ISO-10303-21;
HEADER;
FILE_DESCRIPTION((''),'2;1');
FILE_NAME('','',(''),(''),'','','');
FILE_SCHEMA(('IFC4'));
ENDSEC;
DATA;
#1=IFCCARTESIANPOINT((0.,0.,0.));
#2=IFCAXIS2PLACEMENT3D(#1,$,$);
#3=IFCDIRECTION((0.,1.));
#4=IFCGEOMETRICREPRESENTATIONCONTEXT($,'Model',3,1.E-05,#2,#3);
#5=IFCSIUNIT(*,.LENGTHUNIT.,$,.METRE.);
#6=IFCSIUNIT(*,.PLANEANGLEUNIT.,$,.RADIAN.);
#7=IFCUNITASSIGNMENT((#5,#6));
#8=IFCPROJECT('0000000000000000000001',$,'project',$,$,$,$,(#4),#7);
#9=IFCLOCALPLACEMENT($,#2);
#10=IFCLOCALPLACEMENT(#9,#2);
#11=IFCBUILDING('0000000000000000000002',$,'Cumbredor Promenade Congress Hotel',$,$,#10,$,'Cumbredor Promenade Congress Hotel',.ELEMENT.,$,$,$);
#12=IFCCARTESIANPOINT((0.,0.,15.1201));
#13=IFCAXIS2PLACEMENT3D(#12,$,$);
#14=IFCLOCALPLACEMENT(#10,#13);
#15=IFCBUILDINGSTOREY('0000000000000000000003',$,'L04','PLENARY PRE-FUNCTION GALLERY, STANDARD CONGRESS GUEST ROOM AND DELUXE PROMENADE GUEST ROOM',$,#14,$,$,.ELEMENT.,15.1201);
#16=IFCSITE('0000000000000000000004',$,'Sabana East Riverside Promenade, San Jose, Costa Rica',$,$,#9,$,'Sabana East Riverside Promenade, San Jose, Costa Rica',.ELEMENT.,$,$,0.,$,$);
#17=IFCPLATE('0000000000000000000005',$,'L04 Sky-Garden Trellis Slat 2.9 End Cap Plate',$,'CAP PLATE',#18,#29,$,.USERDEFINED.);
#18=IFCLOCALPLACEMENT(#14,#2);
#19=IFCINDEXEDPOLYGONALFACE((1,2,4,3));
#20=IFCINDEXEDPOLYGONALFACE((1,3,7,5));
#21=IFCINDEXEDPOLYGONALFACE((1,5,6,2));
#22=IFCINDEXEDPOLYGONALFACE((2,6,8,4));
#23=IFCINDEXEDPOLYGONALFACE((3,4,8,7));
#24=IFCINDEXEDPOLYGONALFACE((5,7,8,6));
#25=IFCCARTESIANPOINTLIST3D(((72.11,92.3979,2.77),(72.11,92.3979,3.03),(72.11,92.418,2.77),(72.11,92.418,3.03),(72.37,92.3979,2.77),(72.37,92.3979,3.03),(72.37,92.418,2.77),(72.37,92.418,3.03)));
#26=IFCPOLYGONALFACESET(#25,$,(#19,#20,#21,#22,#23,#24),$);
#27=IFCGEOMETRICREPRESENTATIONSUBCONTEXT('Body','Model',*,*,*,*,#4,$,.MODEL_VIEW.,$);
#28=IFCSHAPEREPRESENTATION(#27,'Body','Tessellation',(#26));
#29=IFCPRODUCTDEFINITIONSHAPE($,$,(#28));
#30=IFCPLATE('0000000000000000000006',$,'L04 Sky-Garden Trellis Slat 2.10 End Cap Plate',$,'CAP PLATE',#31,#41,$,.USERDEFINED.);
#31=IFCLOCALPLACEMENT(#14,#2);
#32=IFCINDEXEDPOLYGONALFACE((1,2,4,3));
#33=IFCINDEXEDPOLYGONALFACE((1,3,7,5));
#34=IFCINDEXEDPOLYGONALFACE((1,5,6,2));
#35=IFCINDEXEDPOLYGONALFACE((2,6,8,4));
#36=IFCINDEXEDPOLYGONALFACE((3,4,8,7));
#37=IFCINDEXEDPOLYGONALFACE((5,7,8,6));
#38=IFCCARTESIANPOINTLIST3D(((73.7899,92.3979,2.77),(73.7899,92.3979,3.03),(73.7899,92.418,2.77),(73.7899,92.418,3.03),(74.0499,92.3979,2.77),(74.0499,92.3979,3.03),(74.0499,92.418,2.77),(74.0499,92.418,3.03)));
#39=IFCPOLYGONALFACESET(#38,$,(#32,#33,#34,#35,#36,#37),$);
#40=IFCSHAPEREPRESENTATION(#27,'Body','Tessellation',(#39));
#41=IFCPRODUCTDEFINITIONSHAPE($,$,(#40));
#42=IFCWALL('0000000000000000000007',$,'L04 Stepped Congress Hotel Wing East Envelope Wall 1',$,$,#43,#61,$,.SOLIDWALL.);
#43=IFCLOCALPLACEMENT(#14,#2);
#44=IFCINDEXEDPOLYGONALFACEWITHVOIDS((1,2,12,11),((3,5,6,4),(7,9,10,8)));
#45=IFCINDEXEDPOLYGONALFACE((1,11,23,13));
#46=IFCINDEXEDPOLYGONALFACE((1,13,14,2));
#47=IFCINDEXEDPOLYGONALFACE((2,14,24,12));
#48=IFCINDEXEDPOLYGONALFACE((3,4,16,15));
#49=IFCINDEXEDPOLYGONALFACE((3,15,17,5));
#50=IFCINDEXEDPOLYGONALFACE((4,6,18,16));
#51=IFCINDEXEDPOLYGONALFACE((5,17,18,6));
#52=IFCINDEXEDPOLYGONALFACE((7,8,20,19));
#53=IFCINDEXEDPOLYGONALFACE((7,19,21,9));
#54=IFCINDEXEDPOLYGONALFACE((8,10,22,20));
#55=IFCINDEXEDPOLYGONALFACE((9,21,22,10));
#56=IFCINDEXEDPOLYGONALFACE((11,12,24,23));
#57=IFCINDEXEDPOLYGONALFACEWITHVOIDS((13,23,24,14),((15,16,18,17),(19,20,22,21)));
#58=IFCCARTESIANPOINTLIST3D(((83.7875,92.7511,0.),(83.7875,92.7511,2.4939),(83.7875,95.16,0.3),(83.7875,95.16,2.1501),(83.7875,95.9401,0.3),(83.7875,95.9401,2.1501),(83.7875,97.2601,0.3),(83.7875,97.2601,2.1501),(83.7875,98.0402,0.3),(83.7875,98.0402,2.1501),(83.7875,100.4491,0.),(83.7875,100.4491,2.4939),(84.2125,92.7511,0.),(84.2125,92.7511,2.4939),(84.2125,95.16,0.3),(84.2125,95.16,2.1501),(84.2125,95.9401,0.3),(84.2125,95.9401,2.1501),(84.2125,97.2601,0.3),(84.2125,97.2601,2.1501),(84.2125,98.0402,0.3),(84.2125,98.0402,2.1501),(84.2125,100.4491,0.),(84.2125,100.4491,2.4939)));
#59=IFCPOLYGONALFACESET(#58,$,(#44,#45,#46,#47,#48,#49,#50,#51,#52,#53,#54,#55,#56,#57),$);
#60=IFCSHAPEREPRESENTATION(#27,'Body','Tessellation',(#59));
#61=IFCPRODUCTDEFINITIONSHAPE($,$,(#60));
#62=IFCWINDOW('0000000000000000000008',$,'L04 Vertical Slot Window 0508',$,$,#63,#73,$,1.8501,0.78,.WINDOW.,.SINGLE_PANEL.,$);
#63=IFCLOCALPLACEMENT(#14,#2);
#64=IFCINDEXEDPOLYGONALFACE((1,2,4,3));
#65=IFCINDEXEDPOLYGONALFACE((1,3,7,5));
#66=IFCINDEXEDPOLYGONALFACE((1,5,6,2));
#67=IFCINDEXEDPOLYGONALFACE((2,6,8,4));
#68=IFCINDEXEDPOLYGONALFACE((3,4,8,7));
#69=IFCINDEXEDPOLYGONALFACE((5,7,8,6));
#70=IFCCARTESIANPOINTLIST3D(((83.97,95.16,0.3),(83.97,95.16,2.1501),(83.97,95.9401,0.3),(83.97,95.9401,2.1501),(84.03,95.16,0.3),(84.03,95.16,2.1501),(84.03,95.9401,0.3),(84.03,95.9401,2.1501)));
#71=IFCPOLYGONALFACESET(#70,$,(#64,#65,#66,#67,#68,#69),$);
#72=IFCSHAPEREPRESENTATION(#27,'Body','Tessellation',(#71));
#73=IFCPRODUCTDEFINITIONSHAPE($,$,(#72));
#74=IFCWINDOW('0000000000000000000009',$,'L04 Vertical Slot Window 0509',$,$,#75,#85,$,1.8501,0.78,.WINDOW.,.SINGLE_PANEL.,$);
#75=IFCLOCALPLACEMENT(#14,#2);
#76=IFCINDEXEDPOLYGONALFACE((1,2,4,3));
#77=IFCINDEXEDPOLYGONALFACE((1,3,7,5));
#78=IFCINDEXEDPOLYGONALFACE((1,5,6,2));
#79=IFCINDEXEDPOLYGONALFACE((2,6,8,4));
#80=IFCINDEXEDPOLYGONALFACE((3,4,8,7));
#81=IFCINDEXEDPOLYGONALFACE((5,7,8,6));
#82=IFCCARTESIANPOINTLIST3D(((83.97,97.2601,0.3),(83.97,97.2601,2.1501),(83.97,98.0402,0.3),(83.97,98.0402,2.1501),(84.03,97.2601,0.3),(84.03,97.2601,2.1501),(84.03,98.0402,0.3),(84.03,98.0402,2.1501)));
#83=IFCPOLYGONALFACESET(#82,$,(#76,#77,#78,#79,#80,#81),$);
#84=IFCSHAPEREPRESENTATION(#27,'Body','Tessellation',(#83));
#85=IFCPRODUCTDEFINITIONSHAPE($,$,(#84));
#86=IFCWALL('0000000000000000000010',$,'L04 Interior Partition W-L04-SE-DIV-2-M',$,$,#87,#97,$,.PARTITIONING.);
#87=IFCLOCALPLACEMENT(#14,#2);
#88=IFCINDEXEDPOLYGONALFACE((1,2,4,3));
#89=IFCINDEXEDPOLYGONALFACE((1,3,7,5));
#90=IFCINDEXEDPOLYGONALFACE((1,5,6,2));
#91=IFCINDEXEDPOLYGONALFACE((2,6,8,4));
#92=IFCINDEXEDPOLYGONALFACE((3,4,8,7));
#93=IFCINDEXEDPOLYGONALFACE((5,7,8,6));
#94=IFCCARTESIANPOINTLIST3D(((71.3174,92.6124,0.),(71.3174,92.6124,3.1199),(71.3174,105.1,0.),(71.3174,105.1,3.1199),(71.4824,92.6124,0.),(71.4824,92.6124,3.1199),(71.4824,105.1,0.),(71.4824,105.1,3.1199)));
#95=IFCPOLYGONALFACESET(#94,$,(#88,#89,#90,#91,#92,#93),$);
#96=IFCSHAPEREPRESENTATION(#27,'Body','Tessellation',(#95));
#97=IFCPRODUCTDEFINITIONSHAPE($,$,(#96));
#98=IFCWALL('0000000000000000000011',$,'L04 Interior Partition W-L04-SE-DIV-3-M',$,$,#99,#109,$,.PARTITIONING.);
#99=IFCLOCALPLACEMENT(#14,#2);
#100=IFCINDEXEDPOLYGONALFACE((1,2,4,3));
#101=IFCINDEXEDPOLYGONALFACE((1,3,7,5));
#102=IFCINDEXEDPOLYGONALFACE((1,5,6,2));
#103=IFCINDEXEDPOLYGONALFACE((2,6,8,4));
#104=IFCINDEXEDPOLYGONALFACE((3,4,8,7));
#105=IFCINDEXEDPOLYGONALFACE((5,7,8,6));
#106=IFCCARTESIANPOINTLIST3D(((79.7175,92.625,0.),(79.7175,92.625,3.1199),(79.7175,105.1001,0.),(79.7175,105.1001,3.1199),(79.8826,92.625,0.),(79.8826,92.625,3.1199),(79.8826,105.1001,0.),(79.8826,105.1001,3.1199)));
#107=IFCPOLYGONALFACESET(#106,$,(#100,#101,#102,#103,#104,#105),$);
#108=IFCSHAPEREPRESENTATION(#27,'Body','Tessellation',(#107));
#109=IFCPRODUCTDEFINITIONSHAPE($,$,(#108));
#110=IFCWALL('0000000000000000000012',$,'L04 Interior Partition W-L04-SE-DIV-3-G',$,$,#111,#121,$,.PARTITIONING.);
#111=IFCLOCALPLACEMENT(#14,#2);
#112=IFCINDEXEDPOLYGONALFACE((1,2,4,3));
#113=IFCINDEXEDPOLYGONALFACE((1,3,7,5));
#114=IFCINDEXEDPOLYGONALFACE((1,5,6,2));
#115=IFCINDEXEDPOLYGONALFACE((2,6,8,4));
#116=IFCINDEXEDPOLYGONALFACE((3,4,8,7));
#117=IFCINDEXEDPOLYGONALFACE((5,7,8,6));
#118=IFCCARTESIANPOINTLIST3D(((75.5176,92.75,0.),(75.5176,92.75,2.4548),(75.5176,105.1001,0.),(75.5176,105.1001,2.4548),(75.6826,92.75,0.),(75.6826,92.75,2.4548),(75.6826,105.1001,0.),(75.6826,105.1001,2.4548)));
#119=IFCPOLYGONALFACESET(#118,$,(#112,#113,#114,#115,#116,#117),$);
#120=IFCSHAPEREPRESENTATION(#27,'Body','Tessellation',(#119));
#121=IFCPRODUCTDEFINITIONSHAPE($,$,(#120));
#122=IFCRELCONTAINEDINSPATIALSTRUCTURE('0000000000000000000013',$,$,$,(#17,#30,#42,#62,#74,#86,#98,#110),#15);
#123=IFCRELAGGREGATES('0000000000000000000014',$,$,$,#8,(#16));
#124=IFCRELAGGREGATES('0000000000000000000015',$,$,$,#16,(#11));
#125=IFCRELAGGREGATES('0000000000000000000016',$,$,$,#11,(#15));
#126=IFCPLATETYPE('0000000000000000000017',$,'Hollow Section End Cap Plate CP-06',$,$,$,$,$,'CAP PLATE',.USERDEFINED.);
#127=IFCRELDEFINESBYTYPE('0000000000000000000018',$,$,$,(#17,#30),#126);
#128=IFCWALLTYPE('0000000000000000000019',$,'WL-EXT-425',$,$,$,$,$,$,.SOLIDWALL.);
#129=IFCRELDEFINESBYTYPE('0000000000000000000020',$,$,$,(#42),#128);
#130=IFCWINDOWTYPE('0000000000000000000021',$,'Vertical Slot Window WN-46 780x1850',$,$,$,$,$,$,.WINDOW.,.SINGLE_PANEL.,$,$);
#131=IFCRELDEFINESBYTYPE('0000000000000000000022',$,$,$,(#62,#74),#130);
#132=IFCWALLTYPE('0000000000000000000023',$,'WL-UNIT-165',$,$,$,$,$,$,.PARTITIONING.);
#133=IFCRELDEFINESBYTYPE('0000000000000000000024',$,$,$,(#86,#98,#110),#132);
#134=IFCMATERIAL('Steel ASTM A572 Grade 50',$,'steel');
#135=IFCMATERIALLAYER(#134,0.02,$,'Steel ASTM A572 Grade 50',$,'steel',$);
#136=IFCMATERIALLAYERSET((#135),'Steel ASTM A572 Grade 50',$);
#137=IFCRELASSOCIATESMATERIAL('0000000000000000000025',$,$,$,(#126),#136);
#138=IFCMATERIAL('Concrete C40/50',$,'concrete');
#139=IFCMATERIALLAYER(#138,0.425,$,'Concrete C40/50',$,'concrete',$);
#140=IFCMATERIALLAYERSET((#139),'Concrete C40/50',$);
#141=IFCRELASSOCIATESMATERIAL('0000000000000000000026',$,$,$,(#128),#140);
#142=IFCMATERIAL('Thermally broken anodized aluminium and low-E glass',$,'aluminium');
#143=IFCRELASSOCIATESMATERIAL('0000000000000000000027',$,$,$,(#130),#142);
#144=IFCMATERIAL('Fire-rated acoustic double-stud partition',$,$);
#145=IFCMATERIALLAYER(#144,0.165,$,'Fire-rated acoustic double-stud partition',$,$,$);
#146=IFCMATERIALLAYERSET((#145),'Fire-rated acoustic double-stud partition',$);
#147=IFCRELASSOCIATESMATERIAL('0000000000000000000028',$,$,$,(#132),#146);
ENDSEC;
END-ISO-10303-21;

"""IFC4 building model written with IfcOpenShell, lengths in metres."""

from ifc_helpers import new_model, si_unit, direction, frame, frame_2d, origin, origin_2d, place, context, subcontext, project, spatial, rectangle, extrude, material, layer, layer_set, type_object, element, fill, save


model = new_model("IFC4")

# Units and contexts
model_context = context("Model", 3, precision=1e-05, world=origin(), true_north=direction((0.0, 1.0)))
body_context = subcontext(model_context, "Body", "Model", "MODEL_VIEW")
ifc_project = project(units=[si_unit("LENGTHUNIT", "METRE"), si_unit("PLANEANGLEUNIT", "RADIAN")], contexts=[model_context])

# Site, building, storey
site_placement = place(None, origin())
site = spatial("IfcSite", under=ifc_project, at=site_placement, Name="Sabana East Riverside Promenade, San Jose, Costa Rica", LongName="Sabana East Riverside Promenade, San Jose, Costa Rica", CompositionType="ELEMENT", RefElevation=0.0)
building_placement = place(site_placement, origin())
building = spatial("IfcBuilding", under=site, at=building_placement, Name="Cumbredor Promenade Congress Hotel", LongName="Cumbredor Promenade Congress Hotel", CompositionType="ELEMENT")
storey_placement = place(building_placement, frame((0.0, 0.0, 15.1201)))
storey = spatial("IfcBuildingStorey", under=building, at=storey_placement, Name="L04", Description="PLENARY PRE-FUNCTION GALLERY, STANDARD CONGRESS GUEST ROOM AND DELUXE PROMENADE GUEST ROOM", CompositionType="ELEMENT", Elevation=15.1201)

# Shared definitions
ifc_material_1 = material(Name="Concrete C40/50", Category="concrete")

# Plates
ifc_material_2 = material(Name="Steel ASTM A572 Grade 50", Category="steel")
ifc_layer_1 = layer(ifc_material_2, 0.02, Name="Steel ASTM A572 Grade 50", Category="steel")
ifc_layer_set_1 = layer_set([ifc_layer_1], Name="Steel ASTM A572 Grade 50")
plate_type_1 = type_object("IfcPlateType", Name="Hollow Section End Cap Plate CP-06", ElementType="CAP PLATE", PredefinedType="USERDEFINED", material=ifc_layer_set_1)
for number, where, z_axis, x_axis, name in (
    (1, (72.24, 92.408, 2.77), (0.0, 0.0, 1.0), (0.0, 1.0, 0.0), "L04 Sky-Garden Trellis Slat 2.9 End Cap Plate"),
    (2, (73.9199, 92.408, 2.77), (0.0, 0.0, 1.0), (0.0, 1.0, 0.0), "L04 Sky-Garden Trellis Slat 2.10 End Cap Plate"),
):
    element("IfcPlate", number, at=place(storey_placement, frame(where, z_axis=z_axis, x_axis=x_axis)), inside=storey, type_object=plate_type_1, Name=name, ObjectType="CAP PLATE", PredefinedType="USERDEFINED", context=body_context, shape_type="SweptSolid", body=[
        extrude(rectangle(XDim=0.02, YDim=0.26, at=origin_2d()), origin(), (0.0, 0.0, 1.0), 0.26),
    ])

# Wall, openings, windows
ifc_layer_2 = layer(ifc_material_1, 0.425, Name="Concrete C40/50", Category="concrete")
ifc_layer_set_2 = layer_set([ifc_layer_2], Name="Concrete C40/50")
wall_type_1 = type_object("IfcWallType", Name="WL-EXT-425", PredefinedType="SOLIDWALL", material=ifc_layer_set_2)
wall_1_placement = place(storey_placement, frame((84.0, 92.751, 0.0), z_axis=(0.0, 0.0, 1.0), x_axis=(0.0, 1.0, 0.0)))
wall_1 = element("IfcWall", 3, at=wall_1_placement, inside=storey, type_object=wall_type_1, Name="L04 Stepped Congress Hotel Wing East Envelope Wall 1", PredefinedType="SOLIDWALL", context=body_context, shape_type="SweptSolid", body=[
    extrude(rectangle(XDim=7.698, YDim=0.425, at=frame_2d((3.8491, 0.0))), origin(), (0.0, 0.0, 1.0), 2.4939),
])
opening_1_placement = place(wall_1_placement, frame((2.4089, 0.0, 0.3)))
opening_1 = element("IfcOpeningElement", 4, at=opening_1_placement, cuts=wall_1, PredefinedType="OPENING", context=body_context, shape_type="SweptSolid", body=[
    extrude(rectangle(XDim=0.78, YDim=1.8501, at=frame_2d((0.3901, 0.925))), frame((0.0, 0.2227, 0.0), z_axis=(0.0, -1.0, 0.0), x_axis=(1.0, 0.0, 0.0)), (0.0, 0.0, 1.0), 0.4451),
])
opening_2_placement = place(wall_1_placement, frame((4.509, 0.0, 0.3)))
opening_2 = element("IfcOpeningElement", 5, at=opening_2_placement, cuts=wall_1, PredefinedType="OPENING", context=body_context, shape_type="SweptSolid", body=[
    extrude(rectangle(XDim=0.78, YDim=1.8501, at=frame_2d((0.3901, 0.925))), frame((0.0, 0.2227, 0.0), z_axis=(0.0, -1.0, 0.0), x_axis=(1.0, 0.0, 0.0)), (0.0, 0.0, 1.0), 0.4451),
])
ifc_material_3 = material(Name="Thermally broken anodized aluminium and low-E glass", Category="aluminium")
window_type = type_object("IfcWindowType", Name="Vertical Slot Window WN-46 780x1850", PartitioningType="SINGLE_PANEL", PredefinedType="WINDOW", material=ifc_material_3)
window_1_placement = place(opening_1_placement, origin())
window_1 = element("IfcWindow", 6, at=window_1_placement, inside=storey, type_object=window_type, Name="L04 Vertical Slot Window 0508", OverallHeight=1.8501, OverallWidth=0.78, PartitioningType="SINGLE_PANEL", PredefinedType="WINDOW", context=body_context, shape_type="SweptSolid", body=[
    extrude(rectangle(XDim=0.78, YDim=1.8501, at=frame_2d((0.3901, 0.925))), frame((0.0, 0.03, 0.0), z_axis=(0.0, -1.0, 0.0), x_axis=(1.0, 0.0, 0.0)), (0.0, 0.0, 1.0), 0.0601),
])
fill(opening_1, window_1)
window_2_placement = place(opening_2_placement, origin())
window_2 = element("IfcWindow", 7, at=window_2_placement, inside=storey, type_object=window_type, Name="L04 Vertical Slot Window 0509", OverallHeight=1.8501, OverallWidth=0.78, PartitioningType="SINGLE_PANEL", PredefinedType="WINDOW", context=body_context, shape_type="SweptSolid", body=[
    extrude(rectangle(XDim=0.78, YDim=1.8501, at=frame_2d((0.3901, 0.925))), frame((0.0, 0.03, 0.0), z_axis=(0.0, -1.0, 0.0), x_axis=(1.0, 0.0, 0.0)), (0.0, 0.0, 1.0), 0.0601),
])
fill(opening_2, window_2)

# Walls
ifc_material_4 = material(Name="Fire-rated acoustic double-stud partition")
ifc_layer_3 = layer(ifc_material_4, 0.165, Name="Fire-rated acoustic double-stud partition")
ifc_layer_set_3 = layer_set([ifc_layer_3], Name="Fire-rated acoustic double-stud partition")
wall_type_2 = type_object("IfcWallType", Name="WL-UNIT-165", PredefinedType="PARTITIONING", material=ifc_layer_set_3)
wall_2_placement = place(storey_placement, frame((71.3999, 92.6125, 0.0), z_axis=(0.0, 0.0, 1.0), x_axis=(0.0, 1.0, 0.0)))
element("IfcWall", 8, at=wall_2_placement, inside=storey, type_object=wall_type_2, Name="L04 Interior Partition W-L04-SE-DIV-2-M", PredefinedType="PARTITIONING", context=body_context, shape_type="SweptSolid", body=[
    extrude(rectangle(XDim=12.4875, YDim=0.165, at=frame_2d((6.2437, 0.0))), origin(), (0.0, 0.0, 1.0), 3.1199),
])
wall_3_placement = place(storey_placement, frame((79.8, 92.625, 0.0), z_axis=(0.0, 0.0, 1.0), x_axis=(0.0, 1.0, 0.0)))
element("IfcWall", 9, at=wall_3_placement, inside=storey, type_object=wall_type_2, Name="L04 Interior Partition W-L04-SE-DIV-3-M", PredefinedType="PARTITIONING", context=body_context, shape_type="SweptSolid", body=[
    extrude(rectangle(XDim=12.4751, YDim=0.165, at=frame_2d((6.2375, 0.0))), origin(), (0.0, 0.0, 1.0), 3.1199),
])
wall_4_placement = place(storey_placement, frame((75.6001, 92.75, 0.0), z_axis=(0.0, 0.0, 1.0), x_axis=(0.0, 1.0, 0.0)))
element("IfcWall", 10, at=wall_4_placement, inside=storey, type_object=wall_type_2, Name="L04 Interior Partition W-L04-SE-DIV-3-G", PredefinedType="PARTITIONING", context=body_context, shape_type="SweptSolid", body=[
    extrude(rectangle(XDim=12.3501, YDim=0.165, at=frame_2d((6.175, 0.0))), origin(), (0.0, 0.0, 1.0), 2.4548),
])

save(model, "model.ifc")
